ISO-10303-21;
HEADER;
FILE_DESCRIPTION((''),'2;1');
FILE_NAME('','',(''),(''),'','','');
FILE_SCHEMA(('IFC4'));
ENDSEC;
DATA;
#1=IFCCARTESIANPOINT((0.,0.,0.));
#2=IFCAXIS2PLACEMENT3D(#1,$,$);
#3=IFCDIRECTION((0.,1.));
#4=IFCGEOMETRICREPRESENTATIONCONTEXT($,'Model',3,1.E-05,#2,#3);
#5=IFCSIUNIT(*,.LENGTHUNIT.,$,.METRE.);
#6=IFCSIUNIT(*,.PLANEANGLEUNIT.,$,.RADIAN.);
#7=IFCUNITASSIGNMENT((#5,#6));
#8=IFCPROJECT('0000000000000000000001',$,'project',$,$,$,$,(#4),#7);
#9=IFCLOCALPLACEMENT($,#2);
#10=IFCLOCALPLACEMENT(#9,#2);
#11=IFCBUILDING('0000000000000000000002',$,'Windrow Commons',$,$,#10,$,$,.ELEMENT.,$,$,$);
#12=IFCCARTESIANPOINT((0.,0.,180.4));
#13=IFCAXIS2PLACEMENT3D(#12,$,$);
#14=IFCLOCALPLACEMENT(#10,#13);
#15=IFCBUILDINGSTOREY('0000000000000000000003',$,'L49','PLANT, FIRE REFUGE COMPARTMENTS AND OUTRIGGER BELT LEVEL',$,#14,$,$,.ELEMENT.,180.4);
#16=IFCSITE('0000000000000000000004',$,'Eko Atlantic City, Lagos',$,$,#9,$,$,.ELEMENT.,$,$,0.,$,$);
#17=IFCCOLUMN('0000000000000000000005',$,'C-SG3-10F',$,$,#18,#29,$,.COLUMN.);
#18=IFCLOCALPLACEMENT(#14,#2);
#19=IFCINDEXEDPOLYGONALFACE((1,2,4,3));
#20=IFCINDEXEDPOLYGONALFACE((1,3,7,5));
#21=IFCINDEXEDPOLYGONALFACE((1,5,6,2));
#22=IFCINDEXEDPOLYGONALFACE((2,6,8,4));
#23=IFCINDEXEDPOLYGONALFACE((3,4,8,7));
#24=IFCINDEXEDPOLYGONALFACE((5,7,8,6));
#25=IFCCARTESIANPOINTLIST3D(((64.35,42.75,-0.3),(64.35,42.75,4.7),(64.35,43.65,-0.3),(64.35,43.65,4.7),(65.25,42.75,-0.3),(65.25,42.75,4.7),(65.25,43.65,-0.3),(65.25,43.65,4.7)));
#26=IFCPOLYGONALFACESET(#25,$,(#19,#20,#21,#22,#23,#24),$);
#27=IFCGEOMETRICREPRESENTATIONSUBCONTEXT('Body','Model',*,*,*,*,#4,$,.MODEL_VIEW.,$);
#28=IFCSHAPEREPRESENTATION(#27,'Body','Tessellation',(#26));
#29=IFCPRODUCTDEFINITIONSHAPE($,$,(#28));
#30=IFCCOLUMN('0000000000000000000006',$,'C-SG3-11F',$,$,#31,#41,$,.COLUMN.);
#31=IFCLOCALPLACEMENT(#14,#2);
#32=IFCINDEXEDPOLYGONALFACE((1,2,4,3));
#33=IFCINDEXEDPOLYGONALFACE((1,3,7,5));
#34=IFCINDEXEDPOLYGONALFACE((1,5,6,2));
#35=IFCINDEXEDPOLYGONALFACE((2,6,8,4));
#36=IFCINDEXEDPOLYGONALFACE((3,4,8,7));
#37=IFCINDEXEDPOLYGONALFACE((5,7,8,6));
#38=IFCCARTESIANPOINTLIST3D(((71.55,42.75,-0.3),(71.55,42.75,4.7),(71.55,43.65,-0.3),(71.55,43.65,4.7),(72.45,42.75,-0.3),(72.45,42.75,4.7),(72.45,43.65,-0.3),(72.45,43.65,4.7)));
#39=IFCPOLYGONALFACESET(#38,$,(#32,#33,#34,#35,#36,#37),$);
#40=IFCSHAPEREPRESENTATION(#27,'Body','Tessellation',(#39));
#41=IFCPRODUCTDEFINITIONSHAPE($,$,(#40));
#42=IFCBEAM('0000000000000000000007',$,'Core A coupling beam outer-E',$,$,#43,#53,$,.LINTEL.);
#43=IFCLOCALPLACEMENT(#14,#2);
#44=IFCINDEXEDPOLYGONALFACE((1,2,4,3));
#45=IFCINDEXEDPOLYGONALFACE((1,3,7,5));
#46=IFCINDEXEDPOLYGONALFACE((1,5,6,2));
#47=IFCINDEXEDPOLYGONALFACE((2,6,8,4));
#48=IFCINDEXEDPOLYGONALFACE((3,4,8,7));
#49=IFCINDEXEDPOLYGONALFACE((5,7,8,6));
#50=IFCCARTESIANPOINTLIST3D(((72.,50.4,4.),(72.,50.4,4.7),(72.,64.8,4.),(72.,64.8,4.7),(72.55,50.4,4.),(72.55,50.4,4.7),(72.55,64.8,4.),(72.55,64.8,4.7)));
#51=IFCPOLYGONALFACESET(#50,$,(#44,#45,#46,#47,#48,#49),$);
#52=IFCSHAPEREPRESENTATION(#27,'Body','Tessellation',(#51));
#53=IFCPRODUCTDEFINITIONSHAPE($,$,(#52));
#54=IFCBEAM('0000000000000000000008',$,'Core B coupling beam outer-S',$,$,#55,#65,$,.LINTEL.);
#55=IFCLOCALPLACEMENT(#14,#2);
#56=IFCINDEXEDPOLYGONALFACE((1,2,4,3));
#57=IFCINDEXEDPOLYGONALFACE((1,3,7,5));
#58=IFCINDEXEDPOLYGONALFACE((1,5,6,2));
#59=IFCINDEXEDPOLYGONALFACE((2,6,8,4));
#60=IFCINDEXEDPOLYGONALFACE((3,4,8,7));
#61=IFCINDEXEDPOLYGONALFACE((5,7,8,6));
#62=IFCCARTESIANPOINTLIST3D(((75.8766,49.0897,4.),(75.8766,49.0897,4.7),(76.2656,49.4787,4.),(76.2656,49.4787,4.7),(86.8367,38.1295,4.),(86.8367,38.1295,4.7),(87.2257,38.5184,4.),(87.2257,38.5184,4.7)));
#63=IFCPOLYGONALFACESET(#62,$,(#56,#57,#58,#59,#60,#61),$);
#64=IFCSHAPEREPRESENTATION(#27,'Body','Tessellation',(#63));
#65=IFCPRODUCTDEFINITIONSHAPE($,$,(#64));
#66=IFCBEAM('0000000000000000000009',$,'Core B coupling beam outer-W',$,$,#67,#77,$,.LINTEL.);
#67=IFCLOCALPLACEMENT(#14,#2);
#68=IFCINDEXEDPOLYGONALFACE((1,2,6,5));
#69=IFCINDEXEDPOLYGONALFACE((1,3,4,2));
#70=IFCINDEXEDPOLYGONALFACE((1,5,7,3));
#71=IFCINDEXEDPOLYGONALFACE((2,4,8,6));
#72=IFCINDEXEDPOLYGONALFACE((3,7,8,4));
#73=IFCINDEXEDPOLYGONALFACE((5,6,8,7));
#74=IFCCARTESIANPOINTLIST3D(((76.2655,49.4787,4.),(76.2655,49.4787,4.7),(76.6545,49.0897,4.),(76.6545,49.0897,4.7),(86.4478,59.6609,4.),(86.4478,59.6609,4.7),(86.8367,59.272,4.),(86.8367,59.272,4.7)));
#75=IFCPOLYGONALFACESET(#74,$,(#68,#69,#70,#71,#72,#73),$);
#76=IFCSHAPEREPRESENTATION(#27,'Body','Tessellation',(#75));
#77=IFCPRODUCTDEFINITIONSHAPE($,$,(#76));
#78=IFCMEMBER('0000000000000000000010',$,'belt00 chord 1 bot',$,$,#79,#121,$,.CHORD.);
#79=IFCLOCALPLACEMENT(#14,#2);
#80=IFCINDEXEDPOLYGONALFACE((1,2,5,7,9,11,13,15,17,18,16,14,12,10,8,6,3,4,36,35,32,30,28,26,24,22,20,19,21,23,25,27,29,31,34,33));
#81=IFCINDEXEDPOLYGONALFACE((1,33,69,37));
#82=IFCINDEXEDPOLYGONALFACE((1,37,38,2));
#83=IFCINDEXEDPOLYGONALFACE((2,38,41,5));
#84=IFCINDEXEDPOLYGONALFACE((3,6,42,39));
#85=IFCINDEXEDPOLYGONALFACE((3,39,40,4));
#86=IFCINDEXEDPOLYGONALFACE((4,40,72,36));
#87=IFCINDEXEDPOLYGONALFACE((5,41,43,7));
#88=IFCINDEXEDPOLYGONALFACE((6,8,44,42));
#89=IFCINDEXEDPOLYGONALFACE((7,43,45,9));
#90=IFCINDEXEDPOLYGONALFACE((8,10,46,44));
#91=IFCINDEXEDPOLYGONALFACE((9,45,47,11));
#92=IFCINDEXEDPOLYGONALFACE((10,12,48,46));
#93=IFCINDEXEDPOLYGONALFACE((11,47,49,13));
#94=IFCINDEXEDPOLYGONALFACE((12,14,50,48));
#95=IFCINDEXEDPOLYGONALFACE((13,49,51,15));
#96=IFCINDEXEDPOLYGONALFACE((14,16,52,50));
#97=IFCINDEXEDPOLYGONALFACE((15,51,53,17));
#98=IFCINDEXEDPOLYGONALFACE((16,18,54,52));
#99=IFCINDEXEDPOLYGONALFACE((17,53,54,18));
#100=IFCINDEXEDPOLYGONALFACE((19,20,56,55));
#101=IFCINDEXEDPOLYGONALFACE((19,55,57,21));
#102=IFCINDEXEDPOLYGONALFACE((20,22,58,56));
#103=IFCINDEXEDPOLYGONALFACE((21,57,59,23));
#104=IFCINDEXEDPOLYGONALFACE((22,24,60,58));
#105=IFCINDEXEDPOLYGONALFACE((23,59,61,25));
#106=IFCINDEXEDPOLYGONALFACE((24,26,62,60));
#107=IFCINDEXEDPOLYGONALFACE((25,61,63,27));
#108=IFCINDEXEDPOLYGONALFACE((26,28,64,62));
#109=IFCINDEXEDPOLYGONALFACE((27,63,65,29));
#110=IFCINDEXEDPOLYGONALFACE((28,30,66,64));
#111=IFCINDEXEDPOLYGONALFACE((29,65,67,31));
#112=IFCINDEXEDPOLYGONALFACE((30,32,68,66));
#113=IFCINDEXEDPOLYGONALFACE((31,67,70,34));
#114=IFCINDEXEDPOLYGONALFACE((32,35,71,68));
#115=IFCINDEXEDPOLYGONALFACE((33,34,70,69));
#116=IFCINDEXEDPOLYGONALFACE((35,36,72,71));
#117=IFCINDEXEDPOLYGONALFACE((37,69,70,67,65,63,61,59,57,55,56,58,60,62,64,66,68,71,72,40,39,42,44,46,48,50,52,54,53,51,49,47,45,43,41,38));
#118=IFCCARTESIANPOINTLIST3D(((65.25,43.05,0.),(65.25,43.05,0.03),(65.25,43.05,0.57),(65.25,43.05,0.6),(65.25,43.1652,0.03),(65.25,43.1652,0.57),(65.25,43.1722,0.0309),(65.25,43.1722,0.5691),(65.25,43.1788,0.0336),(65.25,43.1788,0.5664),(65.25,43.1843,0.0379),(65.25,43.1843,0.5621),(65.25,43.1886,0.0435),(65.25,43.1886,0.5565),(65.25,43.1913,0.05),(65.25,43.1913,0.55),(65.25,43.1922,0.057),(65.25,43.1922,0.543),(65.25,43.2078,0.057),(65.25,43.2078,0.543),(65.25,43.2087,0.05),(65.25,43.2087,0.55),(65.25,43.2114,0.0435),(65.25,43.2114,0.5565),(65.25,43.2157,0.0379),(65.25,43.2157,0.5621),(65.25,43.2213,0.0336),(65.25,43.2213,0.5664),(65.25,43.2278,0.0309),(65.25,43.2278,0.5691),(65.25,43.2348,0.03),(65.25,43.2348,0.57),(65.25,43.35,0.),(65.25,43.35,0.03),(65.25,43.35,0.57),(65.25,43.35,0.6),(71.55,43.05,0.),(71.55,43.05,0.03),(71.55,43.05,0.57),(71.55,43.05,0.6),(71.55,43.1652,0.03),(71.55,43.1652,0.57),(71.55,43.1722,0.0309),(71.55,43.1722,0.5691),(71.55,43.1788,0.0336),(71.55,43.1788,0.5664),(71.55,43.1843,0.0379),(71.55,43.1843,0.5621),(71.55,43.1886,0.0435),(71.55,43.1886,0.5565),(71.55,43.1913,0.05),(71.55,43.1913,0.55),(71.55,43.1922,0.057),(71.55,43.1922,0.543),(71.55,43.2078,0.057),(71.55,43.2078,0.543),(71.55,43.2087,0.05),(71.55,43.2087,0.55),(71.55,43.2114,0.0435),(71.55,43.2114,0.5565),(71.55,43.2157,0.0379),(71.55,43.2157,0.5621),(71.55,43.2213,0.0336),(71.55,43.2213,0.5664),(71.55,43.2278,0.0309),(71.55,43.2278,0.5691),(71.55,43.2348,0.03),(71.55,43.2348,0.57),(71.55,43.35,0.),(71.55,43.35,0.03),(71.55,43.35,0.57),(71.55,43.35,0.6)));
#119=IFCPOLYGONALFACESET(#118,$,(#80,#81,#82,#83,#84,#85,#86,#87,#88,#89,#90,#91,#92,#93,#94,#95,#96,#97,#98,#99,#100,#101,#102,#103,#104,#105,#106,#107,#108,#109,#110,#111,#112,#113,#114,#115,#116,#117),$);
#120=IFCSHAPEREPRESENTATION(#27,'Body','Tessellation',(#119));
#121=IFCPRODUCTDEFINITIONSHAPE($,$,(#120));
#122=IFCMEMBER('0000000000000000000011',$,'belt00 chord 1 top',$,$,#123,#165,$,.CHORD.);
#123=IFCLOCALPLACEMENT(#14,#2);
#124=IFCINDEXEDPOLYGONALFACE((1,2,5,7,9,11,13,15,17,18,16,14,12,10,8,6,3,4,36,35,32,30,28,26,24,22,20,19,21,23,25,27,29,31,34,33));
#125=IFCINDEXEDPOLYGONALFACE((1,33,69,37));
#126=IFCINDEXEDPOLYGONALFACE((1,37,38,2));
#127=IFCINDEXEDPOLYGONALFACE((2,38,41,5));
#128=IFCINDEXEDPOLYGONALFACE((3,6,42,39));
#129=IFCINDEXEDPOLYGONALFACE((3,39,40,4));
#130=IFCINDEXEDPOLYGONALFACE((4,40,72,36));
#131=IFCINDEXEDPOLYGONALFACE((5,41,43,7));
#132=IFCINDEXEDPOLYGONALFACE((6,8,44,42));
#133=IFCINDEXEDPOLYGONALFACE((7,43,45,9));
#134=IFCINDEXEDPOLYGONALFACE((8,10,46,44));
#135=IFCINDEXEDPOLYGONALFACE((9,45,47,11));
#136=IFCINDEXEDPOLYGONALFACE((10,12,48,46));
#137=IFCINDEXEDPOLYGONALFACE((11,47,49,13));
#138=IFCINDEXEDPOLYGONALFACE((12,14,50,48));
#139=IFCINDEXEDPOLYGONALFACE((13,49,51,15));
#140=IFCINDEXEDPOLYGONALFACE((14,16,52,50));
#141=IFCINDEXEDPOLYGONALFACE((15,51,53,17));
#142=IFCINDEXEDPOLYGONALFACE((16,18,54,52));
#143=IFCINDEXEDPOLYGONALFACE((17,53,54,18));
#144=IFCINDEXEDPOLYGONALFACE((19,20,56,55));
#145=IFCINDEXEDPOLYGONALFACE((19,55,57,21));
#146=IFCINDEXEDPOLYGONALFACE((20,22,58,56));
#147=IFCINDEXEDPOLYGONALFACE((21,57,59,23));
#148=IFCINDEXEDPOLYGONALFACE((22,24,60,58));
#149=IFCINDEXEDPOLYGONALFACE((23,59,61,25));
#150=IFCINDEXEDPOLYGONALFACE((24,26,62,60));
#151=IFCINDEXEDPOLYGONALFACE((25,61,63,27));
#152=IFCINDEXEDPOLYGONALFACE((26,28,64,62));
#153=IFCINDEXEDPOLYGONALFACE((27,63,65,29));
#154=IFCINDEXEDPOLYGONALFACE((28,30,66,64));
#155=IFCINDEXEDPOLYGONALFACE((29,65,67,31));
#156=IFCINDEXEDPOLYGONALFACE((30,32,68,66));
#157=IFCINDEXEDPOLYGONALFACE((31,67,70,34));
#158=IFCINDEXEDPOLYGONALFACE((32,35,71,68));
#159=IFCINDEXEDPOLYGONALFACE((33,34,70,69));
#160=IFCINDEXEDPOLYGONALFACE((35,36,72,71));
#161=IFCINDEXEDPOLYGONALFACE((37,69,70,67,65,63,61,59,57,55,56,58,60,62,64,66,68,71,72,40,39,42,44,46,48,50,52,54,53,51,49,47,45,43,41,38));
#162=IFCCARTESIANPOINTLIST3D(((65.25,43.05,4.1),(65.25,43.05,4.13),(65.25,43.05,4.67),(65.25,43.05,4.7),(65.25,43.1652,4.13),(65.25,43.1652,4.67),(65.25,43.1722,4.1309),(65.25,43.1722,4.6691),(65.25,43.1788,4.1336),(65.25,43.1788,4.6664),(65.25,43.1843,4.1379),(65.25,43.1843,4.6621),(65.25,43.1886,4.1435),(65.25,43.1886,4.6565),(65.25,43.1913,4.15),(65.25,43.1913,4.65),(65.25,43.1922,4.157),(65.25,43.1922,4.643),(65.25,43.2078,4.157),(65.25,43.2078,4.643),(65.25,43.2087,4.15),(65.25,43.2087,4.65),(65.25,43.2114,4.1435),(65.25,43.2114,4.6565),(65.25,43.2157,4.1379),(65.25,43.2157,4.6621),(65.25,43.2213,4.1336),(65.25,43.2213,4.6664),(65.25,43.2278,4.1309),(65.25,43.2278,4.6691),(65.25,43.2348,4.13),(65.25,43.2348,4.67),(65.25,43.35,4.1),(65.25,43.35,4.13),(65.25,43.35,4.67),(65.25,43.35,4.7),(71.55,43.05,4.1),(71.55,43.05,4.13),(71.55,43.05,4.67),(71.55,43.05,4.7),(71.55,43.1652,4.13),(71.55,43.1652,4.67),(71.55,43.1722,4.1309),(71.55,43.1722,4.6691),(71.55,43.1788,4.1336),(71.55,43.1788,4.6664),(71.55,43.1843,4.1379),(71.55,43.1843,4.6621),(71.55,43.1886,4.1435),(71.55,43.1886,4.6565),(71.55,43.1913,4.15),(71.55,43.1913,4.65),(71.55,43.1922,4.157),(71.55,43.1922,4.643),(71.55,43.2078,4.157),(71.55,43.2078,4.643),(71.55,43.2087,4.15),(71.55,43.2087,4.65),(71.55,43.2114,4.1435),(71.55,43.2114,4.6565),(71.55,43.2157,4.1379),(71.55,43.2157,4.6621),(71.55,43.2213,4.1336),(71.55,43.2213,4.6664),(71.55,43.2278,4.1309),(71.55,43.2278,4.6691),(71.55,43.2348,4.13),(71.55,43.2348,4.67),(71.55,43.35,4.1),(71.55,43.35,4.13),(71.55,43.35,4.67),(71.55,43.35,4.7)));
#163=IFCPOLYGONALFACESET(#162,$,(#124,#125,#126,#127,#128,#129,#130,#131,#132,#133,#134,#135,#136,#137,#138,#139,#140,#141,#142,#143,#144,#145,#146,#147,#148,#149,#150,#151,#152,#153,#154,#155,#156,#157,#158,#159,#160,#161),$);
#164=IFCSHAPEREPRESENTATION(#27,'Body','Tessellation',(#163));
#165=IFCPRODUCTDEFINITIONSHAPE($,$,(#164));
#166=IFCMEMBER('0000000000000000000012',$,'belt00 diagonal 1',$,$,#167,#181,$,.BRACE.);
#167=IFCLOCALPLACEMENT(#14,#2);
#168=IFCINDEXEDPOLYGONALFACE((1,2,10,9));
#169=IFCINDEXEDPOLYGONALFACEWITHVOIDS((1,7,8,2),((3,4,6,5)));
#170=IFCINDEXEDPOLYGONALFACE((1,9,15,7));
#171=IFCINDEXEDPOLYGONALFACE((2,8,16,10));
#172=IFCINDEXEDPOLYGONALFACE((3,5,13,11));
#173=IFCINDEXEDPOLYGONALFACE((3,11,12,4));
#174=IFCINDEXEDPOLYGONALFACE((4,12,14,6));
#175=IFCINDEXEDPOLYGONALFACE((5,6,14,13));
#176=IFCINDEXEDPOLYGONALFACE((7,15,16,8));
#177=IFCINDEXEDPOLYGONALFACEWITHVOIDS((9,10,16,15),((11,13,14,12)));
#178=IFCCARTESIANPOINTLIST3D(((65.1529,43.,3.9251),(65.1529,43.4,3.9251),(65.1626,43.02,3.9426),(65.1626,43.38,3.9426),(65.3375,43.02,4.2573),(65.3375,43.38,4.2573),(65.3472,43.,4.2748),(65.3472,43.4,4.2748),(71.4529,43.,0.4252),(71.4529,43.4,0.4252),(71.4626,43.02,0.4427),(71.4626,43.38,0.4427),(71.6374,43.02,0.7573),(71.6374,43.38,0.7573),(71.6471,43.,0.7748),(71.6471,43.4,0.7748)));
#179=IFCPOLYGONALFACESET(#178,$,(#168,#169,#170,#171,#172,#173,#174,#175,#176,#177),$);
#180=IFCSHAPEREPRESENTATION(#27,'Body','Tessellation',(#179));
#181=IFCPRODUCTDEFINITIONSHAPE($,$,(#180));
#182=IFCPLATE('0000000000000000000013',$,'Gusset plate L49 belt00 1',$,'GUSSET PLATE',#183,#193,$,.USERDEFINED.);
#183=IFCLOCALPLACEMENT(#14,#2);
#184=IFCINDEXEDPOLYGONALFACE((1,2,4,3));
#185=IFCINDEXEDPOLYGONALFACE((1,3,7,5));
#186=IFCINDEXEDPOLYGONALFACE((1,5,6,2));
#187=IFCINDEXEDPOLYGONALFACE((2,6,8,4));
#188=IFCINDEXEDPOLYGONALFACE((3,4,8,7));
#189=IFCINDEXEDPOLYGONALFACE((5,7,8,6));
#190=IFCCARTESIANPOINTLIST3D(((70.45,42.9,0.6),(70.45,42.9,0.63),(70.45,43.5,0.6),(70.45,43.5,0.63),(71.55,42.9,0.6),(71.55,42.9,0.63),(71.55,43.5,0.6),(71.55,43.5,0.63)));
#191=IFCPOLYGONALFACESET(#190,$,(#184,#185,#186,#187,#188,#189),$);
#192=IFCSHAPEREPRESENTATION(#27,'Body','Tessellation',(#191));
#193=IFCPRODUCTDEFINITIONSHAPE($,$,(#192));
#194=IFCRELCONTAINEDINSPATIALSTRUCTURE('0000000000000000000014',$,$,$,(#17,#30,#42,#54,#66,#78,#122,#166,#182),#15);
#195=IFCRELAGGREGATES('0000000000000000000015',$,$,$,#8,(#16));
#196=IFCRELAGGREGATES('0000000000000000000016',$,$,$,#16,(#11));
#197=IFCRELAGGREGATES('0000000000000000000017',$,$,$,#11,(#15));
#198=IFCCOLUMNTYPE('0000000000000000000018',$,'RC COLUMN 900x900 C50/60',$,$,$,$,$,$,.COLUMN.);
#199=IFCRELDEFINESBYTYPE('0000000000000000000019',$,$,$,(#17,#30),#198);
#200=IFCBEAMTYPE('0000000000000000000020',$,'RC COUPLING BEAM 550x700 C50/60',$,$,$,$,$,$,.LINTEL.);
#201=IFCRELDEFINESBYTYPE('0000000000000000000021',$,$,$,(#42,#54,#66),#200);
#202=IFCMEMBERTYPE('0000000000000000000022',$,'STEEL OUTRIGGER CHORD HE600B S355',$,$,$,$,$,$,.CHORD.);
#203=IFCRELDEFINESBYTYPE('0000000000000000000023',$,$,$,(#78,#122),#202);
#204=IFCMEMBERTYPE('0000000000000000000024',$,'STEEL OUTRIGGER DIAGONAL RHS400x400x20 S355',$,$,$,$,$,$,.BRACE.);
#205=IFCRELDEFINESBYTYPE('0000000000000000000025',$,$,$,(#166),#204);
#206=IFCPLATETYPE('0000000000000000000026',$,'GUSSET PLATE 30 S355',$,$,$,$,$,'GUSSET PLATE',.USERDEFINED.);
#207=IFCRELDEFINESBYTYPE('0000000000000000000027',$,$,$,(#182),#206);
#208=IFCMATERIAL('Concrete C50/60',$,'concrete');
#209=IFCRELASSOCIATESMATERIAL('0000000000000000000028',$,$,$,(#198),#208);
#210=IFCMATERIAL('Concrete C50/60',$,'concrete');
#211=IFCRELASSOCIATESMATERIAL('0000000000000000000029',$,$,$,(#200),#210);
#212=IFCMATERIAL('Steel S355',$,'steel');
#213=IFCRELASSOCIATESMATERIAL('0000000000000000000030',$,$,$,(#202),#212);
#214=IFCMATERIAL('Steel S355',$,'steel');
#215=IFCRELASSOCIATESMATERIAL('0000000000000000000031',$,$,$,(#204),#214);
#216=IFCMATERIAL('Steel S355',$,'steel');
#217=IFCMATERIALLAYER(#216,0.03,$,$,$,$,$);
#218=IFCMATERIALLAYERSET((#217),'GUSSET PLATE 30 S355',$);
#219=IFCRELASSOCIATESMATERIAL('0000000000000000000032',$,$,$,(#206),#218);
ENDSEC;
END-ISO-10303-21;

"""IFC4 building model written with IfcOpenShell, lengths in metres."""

from ifc_helpers import new_model, si_unit, direction, frame, origin, origin_2d, place, context, subcontext, project, spatial, rectangle, hollow_rectangle, i_section, extrude, material, layer, layer_set, material_profile, profile_set, type_object, element, save


model = new_model("IFC4")

# Units and contexts
model_context = context("Model", 3, precision=1e-05, world=origin(), true_north=direction((0.0, 1.0)))
body_context = subcontext(model_context, "Body", "Model", "MODEL_VIEW")
ifc_project = project(units=[si_unit("LENGTHUNIT", "METRE"), si_unit("PLANEANGLEUNIT", "RADIAN")], contexts=[model_context])

# Site, building, storey
site_placement = place(None, origin())
site = spatial("IfcSite", under=ifc_project, at=site_placement, Name="Eko Atlantic City, Lagos", CompositionType="ELEMENT", RefElevation=0.0)
building_placement = place(site_placement, origin())
building = spatial("IfcBuilding", under=site, at=building_placement, Name="Windrow Commons", CompositionType="ELEMENT")
storey_placement = place(building_placement, frame((0.0, 0.0, 180.4)))
storey = spatial("IfcBuildingStorey", under=building, at=storey_placement, Name="L49", Description="PLANT, FIRE REFUGE COMPARTMENTS AND OUTRIGGER BELT LEVEL", CompositionType="ELEMENT", Elevation=180.4)

# Columns
ifc_material_1 = material(Name="Concrete C50/60", Category="concrete")
ifc_material_profile_1 = material_profile(ifc_material_1, rectangle(XDim=0.9, YDim=0.9, at=origin_2d()))
ifc_profile_set_1 = profile_set([ifc_material_profile_1], Name="Concrete C50/60")
column_type = type_object("IfcColumnType", Name="RC COLUMN 900x900 C50/60", PredefinedType="COLUMN", material=ifc_profile_set_1)
for number, where, z_axis, x_axis, name in (
    (1, (64.8, 43.2, -0.3), (0.0, 0.0, 1.0), (1.0, 0.0, 0.0), "C-SG3-10F"),
    (2, (72.0, 43.2, -0.3), (0.0, 0.0, 1.0), (1.0, 0.0, 0.0), "C-SG3-11F"),
):
    element("IfcColumn", number, at=place(storey_placement, frame(where, z_axis=z_axis, x_axis=x_axis)), inside=storey, type_object=column_type, Name=name, PredefinedType="COLUMN", context=body_context, shape_type="SweptSolid", body=[
        extrude(rectangle(XDim=0.9, YDim=0.9, at=origin_2d()), origin(), (0.0, 0.0, 1.0), 5.0),
    ])

# Beams
ifc_material_2 = material(Name="Concrete C50/60", Category="concrete")
ifc_material_profile_2 = material_profile(ifc_material_2, rectangle(XDim=0.55, YDim=0.7, at=origin_2d()))
ifc_profile_set_2 = profile_set([ifc_material_profile_2], Name="Concrete C50/60")
beam_type = type_object("IfcBeamType", Name="RC COUPLING BEAM 550x700 C50/60", PredefinedType="LINTEL", material=ifc_profile_set_2)
beam_1_placement = place(storey_placement, frame((72.275, 50.4, 4.35), z_axis=(0.0, 1.0, 0.0), x_axis=(-1.0, 0.0, 0.0)))
element("IfcBeam", 3, at=beam_1_placement, inside=storey, type_object=beam_type, Name="Core A coupling beam outer-E", PredefinedType="LINTEL", context=body_context, shape_type="SweptSolid", body=[
    extrude(rectangle(XDim=0.55, YDim=0.7, at=origin_2d()), origin(), (0.0, 0.0, 1.0), 14.4),
])
beam_2_placement = place(storey_placement, frame((76.0711, 49.2842, 4.35), z_axis=(0.707104, -0.70711, 0.0), x_axis=(0.70711, 0.707104, 0.0)))
element("IfcBeam", 4, at=beam_2_placement, inside=storey, type_object=beam_type, Name="Core B coupling beam outer-S", PredefinedType="LINTEL", context=body_context, shape_type="SweptSolid", body=[
    extrude(rectangle(XDim=0.55, YDim=0.7, at=origin_2d()), origin(), (0.0, 0.0, 1.0), 15.5),
])
beam_3_placement = place(storey_placement, frame((76.46, 49.2842, 4.35), z_axis=(0.707107, 0.707107, 0.0), x_axis=(-0.707107, 0.707107, 0.0)))
element("IfcBeam", 5, at=beam_3_placement, inside=storey, type_object=beam_type, Name="Core B coupling beam outer-W", PredefinedType="LINTEL", context=body_context, shape_type="SweptSolid", body=[
    extrude(rectangle(XDim=0.55, YDim=0.7, at=origin_2d()), origin(), (0.0, 0.0, 1.0), 14.3999),
])

# Members
ifc_material_3 = material(Name="Steel S355", Category="steel")
ifc_material_profile_3 = material_profile(ifc_material_3, i_section(OverallWidth=0.3, OverallDepth=0.6, WebThickness=0.0155, FlangeThickness=0.03, FilletRadius=0.027, at=origin_2d()))
ifc_profile_set_3 = profile_set([ifc_material_profile_3], Name="Steel S355")
member_type_1 = type_object("IfcMemberType", Name="STEEL OUTRIGGER CHORD HE600B S355", PredefinedType="CHORD", material=ifc_profile_set_3)
for number, where, z_axis, x_axis, name in (
    (6, (71.55, 43.2, 0.3), (-1.0, 0.0, 0.0), (0.0, -1.0, 0.0), "belt00 chord 1 bot"),
    (7, (71.55, 43.2, 4.4), (-1.0, 0.0, 0.0), (0.0, -1.0, 0.0), "belt00 chord 1 top"),
):
    element("IfcMember", number, at=place(storey_placement, frame(where, z_axis=z_axis, x_axis=x_axis)), inside=storey, type_object=member_type_1, Name=name, PredefinedType="CHORD", context=body_context, shape_type="SweptSolid", body=[
        extrude(i_section(OverallWidth=0.3, OverallDepth=0.6, WebThickness=0.0155, FlangeThickness=0.03, FilletRadius=0.027, at=origin_2d()), origin(), (0.0, 0.0, 1.0), 6.3),
    ])
ifc_material_4 = material(Name="Steel S355", Category="steel")
ifc_material_profile_4 = material_profile(ifc_material_4, hollow_rectangle(XDim=0.4, YDim=0.4, WallThickness=0.02, at=origin_2d()))
ifc_profile_set_4 = profile_set([ifc_material_profile_4], Name="Steel S355")
member_type_2 = type_object("IfcMemberType", Name="STEEL OUTRIGGER DIAGONAL RHS400x400x20 S355", PredefinedType="BRACE", material=ifc_profile_set_4)
member_placement = place(storey_placement, frame((71.55, 43.2, 0.6), z_axis=(-0.874157, 0.0, 0.485643), x_axis=(0.0, -1.0, 0.0)))
element("IfcMember", 8, at=member_placement, inside=storey, type_object=member_type_2, Name="belt00 diagonal 1", PredefinedType="BRACE", context=body_context, shape_type="SweptSolid", body=[
    extrude(hollow_rectangle(XDim=0.4, YDim=0.4, WallThickness=0.02, at=origin_2d()), origin(), (0.0, 0.0, 1.0), 7.2069),
])

# Plate
ifc_material_5 = material(Name="Steel S355", Category="steel")
ifc_layer_1 = layer(ifc_material_5, 0.03)
ifc_layer_set_1 = layer_set([ifc_layer_1], Name="GUSSET PLATE 30 S355")
plate_type = type_object("IfcPlateType", Name="GUSSET PLATE 30 S355", ElementType="GUSSET PLATE", PredefinedType="USERDEFINED", material=ifc_layer_set_1)
for number, where, z_axis, x_axis, name in (
    (9, (71.0, 43.2, 0.6), (0.0, 0.0, 1.0), (-1.0, 0.0, 0.0), "Gusset plate L49 belt00 1"),
):
    element("IfcPlate", number, at=place(storey_placement, frame(where, z_axis=z_axis, x_axis=x_axis)), inside=storey, type_object=plate_type, Name=name, ObjectType="GUSSET PLATE", PredefinedType="USERDEFINED", context=body_context, shape_type="SweptSolid", body=[
        extrude(rectangle(XDim=1.1, YDim=0.6, at=origin_2d()), origin(), (0.0, 0.0, 1.0), 0.03),
    ])

save(model, "model.ifc")
